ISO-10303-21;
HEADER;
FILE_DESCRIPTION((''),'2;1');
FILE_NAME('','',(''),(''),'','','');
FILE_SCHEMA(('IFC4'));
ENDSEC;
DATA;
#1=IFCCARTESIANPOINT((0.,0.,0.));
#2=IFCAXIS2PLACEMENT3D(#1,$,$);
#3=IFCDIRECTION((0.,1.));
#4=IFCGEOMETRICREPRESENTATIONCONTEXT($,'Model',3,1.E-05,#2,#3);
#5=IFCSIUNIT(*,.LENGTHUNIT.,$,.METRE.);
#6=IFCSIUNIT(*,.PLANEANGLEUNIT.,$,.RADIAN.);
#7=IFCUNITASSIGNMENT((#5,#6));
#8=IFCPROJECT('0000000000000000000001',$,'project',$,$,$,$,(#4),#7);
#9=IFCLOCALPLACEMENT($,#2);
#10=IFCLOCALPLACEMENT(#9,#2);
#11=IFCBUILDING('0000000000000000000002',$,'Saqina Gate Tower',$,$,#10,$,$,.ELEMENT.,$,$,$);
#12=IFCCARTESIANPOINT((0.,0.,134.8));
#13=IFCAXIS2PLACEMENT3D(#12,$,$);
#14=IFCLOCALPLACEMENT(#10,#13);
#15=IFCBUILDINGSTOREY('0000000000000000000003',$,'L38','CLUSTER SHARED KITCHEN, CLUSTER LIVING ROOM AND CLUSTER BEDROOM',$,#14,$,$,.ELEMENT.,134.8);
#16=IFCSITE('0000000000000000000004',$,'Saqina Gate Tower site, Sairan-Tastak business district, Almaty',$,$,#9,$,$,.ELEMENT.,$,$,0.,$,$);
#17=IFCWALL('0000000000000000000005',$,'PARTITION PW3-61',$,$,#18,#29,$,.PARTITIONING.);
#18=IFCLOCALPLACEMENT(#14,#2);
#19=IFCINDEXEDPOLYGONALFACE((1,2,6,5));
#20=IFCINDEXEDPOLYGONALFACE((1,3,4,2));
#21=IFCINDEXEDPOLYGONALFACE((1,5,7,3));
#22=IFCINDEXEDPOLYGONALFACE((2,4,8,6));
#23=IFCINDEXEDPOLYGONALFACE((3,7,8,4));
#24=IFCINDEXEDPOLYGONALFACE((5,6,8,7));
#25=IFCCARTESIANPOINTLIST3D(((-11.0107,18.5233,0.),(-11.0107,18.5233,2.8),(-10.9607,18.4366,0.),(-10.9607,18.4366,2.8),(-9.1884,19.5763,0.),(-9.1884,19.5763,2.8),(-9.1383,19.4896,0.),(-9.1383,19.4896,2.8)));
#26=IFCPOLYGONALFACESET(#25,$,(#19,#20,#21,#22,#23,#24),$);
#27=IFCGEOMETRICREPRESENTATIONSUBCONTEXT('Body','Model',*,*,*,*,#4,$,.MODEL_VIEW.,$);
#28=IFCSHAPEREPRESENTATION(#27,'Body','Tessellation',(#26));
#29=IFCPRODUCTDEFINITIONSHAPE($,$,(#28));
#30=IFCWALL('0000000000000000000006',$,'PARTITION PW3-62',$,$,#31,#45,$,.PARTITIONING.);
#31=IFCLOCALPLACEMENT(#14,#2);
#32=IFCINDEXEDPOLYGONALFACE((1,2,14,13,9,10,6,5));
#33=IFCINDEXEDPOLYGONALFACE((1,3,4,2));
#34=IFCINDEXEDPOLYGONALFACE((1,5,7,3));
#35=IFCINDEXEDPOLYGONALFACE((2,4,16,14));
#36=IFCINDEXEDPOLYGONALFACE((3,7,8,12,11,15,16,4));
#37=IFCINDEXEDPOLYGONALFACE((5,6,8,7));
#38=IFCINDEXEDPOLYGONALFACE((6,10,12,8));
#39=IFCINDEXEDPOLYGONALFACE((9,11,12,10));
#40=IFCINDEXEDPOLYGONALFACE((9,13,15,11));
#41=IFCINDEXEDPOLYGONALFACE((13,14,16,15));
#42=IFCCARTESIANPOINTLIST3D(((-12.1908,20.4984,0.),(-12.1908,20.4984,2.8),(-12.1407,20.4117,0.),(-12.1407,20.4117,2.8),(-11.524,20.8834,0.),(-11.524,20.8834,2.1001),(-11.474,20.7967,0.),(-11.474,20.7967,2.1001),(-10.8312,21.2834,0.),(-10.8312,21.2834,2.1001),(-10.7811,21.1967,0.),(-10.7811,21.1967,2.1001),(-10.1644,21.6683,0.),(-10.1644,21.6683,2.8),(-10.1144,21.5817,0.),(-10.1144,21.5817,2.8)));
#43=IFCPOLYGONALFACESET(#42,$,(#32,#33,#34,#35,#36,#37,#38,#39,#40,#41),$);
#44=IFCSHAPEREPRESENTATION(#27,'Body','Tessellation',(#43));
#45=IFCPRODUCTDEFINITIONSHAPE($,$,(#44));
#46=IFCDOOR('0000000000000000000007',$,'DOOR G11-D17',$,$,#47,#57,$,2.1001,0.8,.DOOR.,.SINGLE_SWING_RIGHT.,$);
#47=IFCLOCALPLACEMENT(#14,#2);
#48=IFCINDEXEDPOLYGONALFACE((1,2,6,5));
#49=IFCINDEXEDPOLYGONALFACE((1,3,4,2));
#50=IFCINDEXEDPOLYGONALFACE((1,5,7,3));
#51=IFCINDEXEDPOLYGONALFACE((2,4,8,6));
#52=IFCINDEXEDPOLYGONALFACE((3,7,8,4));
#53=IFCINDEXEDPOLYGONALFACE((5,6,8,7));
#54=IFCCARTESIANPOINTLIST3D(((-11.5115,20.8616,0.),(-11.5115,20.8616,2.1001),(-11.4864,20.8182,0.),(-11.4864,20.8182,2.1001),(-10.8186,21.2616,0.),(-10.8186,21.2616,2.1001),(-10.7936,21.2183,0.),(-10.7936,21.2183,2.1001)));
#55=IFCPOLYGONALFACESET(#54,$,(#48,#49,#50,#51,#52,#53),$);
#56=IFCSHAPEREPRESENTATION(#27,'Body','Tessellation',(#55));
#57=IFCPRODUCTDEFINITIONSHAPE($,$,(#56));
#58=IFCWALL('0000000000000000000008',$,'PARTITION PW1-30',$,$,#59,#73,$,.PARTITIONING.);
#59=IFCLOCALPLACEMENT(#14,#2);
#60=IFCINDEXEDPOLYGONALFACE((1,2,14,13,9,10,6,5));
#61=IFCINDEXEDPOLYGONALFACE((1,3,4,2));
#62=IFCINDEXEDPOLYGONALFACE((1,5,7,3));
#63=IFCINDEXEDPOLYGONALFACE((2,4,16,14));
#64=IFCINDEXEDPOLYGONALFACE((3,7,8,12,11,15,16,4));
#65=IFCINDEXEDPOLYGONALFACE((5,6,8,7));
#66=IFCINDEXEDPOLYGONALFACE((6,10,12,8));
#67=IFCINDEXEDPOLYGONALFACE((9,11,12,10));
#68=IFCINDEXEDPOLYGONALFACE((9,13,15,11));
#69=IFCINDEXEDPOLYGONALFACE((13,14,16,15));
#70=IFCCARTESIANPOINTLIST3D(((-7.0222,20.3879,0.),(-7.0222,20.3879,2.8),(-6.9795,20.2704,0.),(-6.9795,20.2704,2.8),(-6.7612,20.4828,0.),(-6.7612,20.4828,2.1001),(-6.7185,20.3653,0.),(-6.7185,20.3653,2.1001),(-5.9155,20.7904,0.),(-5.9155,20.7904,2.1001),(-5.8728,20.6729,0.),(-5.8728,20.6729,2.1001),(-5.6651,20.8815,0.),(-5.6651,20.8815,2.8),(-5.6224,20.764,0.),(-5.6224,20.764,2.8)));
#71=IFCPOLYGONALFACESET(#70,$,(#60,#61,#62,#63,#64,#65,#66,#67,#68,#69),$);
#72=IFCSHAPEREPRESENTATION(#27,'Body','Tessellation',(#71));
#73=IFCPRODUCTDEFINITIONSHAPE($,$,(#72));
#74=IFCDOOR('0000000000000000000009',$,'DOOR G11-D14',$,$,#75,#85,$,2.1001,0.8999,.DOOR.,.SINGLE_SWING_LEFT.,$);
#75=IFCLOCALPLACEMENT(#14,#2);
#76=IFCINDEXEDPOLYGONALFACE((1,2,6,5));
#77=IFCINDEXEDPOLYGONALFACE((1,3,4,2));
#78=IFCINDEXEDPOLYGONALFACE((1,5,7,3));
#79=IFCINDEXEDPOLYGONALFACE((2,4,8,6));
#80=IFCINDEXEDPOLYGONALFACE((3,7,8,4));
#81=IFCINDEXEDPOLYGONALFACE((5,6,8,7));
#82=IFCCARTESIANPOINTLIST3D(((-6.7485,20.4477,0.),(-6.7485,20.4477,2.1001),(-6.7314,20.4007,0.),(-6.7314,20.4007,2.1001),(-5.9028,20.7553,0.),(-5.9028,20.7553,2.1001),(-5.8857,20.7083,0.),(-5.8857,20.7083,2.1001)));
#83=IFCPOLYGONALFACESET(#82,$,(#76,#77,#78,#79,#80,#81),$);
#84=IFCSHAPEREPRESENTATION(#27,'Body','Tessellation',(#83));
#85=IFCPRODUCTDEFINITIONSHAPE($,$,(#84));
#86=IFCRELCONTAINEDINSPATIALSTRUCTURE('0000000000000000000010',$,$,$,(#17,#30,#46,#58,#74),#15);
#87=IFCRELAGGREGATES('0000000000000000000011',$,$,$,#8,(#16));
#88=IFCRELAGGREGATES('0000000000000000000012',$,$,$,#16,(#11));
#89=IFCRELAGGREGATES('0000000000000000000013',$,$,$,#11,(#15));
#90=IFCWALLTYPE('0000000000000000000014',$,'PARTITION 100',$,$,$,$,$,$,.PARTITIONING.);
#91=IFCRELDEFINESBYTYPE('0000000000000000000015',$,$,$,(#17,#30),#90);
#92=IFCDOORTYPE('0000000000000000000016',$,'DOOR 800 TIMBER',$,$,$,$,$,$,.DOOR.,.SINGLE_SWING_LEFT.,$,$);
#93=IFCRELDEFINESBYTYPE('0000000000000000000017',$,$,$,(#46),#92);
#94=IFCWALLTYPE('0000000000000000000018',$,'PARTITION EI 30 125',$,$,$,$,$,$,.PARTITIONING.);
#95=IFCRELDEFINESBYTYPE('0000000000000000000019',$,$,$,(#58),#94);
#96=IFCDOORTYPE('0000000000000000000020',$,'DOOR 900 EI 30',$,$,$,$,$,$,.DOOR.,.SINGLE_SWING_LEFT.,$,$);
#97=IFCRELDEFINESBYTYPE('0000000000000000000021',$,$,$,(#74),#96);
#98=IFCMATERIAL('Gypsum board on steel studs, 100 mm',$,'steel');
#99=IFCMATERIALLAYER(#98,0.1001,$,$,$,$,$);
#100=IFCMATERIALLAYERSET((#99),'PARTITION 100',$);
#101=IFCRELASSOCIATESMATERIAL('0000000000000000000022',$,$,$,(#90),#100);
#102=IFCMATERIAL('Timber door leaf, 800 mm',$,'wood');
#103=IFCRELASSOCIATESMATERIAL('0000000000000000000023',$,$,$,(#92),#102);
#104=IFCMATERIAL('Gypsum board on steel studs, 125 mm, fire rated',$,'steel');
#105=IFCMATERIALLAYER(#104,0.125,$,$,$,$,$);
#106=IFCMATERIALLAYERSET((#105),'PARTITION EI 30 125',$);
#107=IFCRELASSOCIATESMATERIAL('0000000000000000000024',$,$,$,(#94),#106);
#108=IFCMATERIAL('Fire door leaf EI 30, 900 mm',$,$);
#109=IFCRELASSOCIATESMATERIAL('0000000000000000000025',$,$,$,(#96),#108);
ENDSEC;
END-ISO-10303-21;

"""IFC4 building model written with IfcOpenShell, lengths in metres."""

from ifc_helpers import new_model, si_unit, direction, frame, frame_2d, origin, place, context, subcontext, project, spatial, rectangle, extrude, material, layer, layer_set, type_object, element, fill, save


model = new_model("IFC4")

# Units and contexts
model_context = context("Model", 3, precision=1e-05, world=origin(), true_north=direction((0.0, 1.0)))
body_context = subcontext(model_context, "Body", "Model", "MODEL_VIEW")
ifc_project = project(units=[si_unit("LENGTHUNIT", "METRE"), si_unit("PLANEANGLEUNIT", "RADIAN")], contexts=[model_context])

# Site, building, storey
site_placement = place(None, origin())
site = spatial("IfcSite", under=ifc_project, at=site_placement, Name="Saqina Gate Tower site, Sairan-Tastak business district, Almaty", CompositionType="ELEMENT", RefElevation=0.0)
building_placement = place(site_placement, origin())
building = spatial("IfcBuilding", under=site, at=building_placement, Name="Saqina Gate Tower", CompositionType="ELEMENT")
storey_placement = place(building_placement, frame((0.0, 0.0, 134.8)))
storey = spatial("IfcBuildingStorey", under=building, at=storey_placement, Name="L38", Description="CLUSTER SHARED KITCHEN, CLUSTER LIVING ROOM AND CLUSTER BEDROOM", CompositionType="ELEMENT", Elevation=134.8)

# Shared definitions
ifc_material_1 = material(Name="Gypsum board on steel studs, 100 mm", Category="steel")
ifc_layer_1 = layer(ifc_material_1, 0.1001)
ifc_layer_set_1 = layer_set([ifc_layer_1], Name="PARTITION 100")
wall_type_1 = type_object("IfcWallType", Name="PARTITION 100", PredefinedType="PARTITIONING", material=ifc_layer_set_1)

# Shared definitions
ifc_material_2 = material(Name="Timber door leaf, 800 mm", Category="wood")
door_type_1 = type_object("IfcDoorType", Name="DOOR 800 TIMBER", OperationType="SINGLE_SWING_LEFT", PredefinedType="DOOR", material=ifc_material_2)

# Wall
wall_1_placement = place(storey_placement, frame((-10.9856, 18.48, 0.0), z_axis=(0.0, 0.0, 1.0), x_axis=(0.865842, 0.500318, 0.0)))
element("IfcWall", 1, at=wall_1_placement, inside=storey, type_object=wall_type_1, Name="PARTITION PW3-61", PredefinedType="PARTITIONING", context=body_context, shape_type="SweptSolid", body=[
    extrude(rectangle(XDim=2.1047, YDim=0.1001, at=frame_2d((1.0522, 0.0))), origin(), (0.0, 0.0, 1.0), 2.8),
])

# Walls, openings, doors
wall_2_placement = place(storey_placement, frame((-12.1658, 20.4551, 0.0), z_axis=(0.0, 0.0, 1.0), x_axis=(0.866026, 0.499999, 0.0)))
wall_2 = element("IfcWall", 2, at=wall_2_placement, inside=storey, type_object=wall_type_1, Name="PARTITION PW3-62", PredefinedType="PARTITIONING", context=body_context, shape_type="SweptSolid", body=[
    extrude(rectangle(XDim=2.3398, YDim=0.1001, at=frame_2d((1.1699, 0.0))), origin(), (0.0, 0.0, 1.0), 2.8),
])
opening_1_placement = place(wall_2_placement, frame((0.77, 0.0, 0.0)))
opening_1 = element("IfcOpeningElement", 3, at=opening_1_placement, cuts=wall_2, PredefinedType="OPENING", context=body_context, shape_type="SweptSolid", body=[
    extrude(rectangle(XDim=0.8, YDim=2.1001, at=frame_2d((0.3999, 1.05))), frame((0.0, 0.062, 0.0), z_axis=(0.0, -1.0, 0.0), x_axis=(1.0, 0.0, 0.0)), (0.0, 0.0, 1.0), 0.124),
])
door_1_placement = place(opening_1_placement, origin())
door_1 = element("IfcDoor", 4, at=door_1_placement, inside=storey, type_object=door_type_1, Name="DOOR G11-D17", OperationType="SINGLE_SWING_RIGHT", OverallHeight=2.1001, OverallWidth=0.8, PredefinedType="DOOR", context=body_context, shape_type="SweptSolid", body=[
    extrude(rectangle(XDim=0.8, YDim=2.1001, at=frame_2d((0.3999, 1.05))), frame((0.0, 0.0249, 0.0), z_axis=(0.0, -1.0, 0.0), x_axis=(1.0, 0.0, 0.0)), (0.0, 0.0, 1.0), 0.05),
])
fill(opening_1, door_1)
ifc_material_3 = material(Name="Gypsum board on steel studs, 125 mm, fire rated", Category="steel")
ifc_layer_2 = layer(ifc_material_3, 0.125)
ifc_layer_set_2 = layer_set([ifc_layer_2], Name="PARTITION EI 30 125")
wall_type_2 = type_object("IfcWallType", Name="PARTITION EI 30 125", PredefinedType="PARTITIONING", material=ifc_layer_set_2)
wall_3_placement = place(storey_placement, frame((-7.001, 20.3291, 0.0), z_axis=(0.0, 0.0, 1.0), x_axis=(0.939764, 0.341825, 0.0)))
wall_3 = element("IfcWall", 5, at=wall_3_placement, inside=storey, type_object=wall_type_2, Name="PARTITION PW1-30", PredefinedType="PARTITIONING", context=body_context, shape_type="SweptSolid", body=[
    extrude(rectangle(XDim=1.4441, YDim=0.125, at=frame_2d((0.7222, 0.0))), origin(), (0.0, 0.0, 1.0), 2.8),
])
opening_2_placement = place(wall_3_placement, frame((0.2778, 0.0, 0.0)))
opening_2 = element("IfcOpeningElement", 6, at=opening_2_placement, cuts=wall_3, PredefinedType="OPENING", context=body_context, shape_type="SweptSolid", body=[
    extrude(rectangle(XDim=0.8999, YDim=2.1001, at=frame_2d((0.45, 1.05))), frame((0.0, 0.0745, 0.0), z_axis=(0.0, -1.0, 0.0), x_axis=(1.0, 0.0, 0.0)), (0.0, 0.0, 1.0), 0.1489),
])
ifc_material_4 = material(Name="Fire door leaf EI 30, 900 mm")
door_type_2 = type_object("IfcDoorType", Name="DOOR 900 EI 30", OperationType="SINGLE_SWING_LEFT", PredefinedType="DOOR", material=ifc_material_4)
door_2_placement = place(opening_2_placement, frame((0.8999, 0.0, 0.0), z_axis=(0.0, 0.0, 1.0), x_axis=(-1.0, 0.0, 0.0)))
door_2 = element("IfcDoor", 7, at=door_2_placement, inside=storey, type_object=door_type_2, Name="DOOR G11-D14", OperationType="SINGLE_SWING_LEFT", OverallHeight=2.1001, OverallWidth=0.8999, PredefinedType="DOOR", context=body_context, shape_type="SweptSolid", body=[
    extrude(rectangle(XDim=0.8999, YDim=2.1001, at=frame_2d((0.45, 1.05))), frame((0.0, 0.0249, 0.0), z_axis=(0.0, -1.0, 0.0), x_axis=(1.0, 0.0, 0.0)), (0.0, 0.0, 1.0), 0.05),
])
fill(opening_2, door_2)

save(model, "model.ifc")
